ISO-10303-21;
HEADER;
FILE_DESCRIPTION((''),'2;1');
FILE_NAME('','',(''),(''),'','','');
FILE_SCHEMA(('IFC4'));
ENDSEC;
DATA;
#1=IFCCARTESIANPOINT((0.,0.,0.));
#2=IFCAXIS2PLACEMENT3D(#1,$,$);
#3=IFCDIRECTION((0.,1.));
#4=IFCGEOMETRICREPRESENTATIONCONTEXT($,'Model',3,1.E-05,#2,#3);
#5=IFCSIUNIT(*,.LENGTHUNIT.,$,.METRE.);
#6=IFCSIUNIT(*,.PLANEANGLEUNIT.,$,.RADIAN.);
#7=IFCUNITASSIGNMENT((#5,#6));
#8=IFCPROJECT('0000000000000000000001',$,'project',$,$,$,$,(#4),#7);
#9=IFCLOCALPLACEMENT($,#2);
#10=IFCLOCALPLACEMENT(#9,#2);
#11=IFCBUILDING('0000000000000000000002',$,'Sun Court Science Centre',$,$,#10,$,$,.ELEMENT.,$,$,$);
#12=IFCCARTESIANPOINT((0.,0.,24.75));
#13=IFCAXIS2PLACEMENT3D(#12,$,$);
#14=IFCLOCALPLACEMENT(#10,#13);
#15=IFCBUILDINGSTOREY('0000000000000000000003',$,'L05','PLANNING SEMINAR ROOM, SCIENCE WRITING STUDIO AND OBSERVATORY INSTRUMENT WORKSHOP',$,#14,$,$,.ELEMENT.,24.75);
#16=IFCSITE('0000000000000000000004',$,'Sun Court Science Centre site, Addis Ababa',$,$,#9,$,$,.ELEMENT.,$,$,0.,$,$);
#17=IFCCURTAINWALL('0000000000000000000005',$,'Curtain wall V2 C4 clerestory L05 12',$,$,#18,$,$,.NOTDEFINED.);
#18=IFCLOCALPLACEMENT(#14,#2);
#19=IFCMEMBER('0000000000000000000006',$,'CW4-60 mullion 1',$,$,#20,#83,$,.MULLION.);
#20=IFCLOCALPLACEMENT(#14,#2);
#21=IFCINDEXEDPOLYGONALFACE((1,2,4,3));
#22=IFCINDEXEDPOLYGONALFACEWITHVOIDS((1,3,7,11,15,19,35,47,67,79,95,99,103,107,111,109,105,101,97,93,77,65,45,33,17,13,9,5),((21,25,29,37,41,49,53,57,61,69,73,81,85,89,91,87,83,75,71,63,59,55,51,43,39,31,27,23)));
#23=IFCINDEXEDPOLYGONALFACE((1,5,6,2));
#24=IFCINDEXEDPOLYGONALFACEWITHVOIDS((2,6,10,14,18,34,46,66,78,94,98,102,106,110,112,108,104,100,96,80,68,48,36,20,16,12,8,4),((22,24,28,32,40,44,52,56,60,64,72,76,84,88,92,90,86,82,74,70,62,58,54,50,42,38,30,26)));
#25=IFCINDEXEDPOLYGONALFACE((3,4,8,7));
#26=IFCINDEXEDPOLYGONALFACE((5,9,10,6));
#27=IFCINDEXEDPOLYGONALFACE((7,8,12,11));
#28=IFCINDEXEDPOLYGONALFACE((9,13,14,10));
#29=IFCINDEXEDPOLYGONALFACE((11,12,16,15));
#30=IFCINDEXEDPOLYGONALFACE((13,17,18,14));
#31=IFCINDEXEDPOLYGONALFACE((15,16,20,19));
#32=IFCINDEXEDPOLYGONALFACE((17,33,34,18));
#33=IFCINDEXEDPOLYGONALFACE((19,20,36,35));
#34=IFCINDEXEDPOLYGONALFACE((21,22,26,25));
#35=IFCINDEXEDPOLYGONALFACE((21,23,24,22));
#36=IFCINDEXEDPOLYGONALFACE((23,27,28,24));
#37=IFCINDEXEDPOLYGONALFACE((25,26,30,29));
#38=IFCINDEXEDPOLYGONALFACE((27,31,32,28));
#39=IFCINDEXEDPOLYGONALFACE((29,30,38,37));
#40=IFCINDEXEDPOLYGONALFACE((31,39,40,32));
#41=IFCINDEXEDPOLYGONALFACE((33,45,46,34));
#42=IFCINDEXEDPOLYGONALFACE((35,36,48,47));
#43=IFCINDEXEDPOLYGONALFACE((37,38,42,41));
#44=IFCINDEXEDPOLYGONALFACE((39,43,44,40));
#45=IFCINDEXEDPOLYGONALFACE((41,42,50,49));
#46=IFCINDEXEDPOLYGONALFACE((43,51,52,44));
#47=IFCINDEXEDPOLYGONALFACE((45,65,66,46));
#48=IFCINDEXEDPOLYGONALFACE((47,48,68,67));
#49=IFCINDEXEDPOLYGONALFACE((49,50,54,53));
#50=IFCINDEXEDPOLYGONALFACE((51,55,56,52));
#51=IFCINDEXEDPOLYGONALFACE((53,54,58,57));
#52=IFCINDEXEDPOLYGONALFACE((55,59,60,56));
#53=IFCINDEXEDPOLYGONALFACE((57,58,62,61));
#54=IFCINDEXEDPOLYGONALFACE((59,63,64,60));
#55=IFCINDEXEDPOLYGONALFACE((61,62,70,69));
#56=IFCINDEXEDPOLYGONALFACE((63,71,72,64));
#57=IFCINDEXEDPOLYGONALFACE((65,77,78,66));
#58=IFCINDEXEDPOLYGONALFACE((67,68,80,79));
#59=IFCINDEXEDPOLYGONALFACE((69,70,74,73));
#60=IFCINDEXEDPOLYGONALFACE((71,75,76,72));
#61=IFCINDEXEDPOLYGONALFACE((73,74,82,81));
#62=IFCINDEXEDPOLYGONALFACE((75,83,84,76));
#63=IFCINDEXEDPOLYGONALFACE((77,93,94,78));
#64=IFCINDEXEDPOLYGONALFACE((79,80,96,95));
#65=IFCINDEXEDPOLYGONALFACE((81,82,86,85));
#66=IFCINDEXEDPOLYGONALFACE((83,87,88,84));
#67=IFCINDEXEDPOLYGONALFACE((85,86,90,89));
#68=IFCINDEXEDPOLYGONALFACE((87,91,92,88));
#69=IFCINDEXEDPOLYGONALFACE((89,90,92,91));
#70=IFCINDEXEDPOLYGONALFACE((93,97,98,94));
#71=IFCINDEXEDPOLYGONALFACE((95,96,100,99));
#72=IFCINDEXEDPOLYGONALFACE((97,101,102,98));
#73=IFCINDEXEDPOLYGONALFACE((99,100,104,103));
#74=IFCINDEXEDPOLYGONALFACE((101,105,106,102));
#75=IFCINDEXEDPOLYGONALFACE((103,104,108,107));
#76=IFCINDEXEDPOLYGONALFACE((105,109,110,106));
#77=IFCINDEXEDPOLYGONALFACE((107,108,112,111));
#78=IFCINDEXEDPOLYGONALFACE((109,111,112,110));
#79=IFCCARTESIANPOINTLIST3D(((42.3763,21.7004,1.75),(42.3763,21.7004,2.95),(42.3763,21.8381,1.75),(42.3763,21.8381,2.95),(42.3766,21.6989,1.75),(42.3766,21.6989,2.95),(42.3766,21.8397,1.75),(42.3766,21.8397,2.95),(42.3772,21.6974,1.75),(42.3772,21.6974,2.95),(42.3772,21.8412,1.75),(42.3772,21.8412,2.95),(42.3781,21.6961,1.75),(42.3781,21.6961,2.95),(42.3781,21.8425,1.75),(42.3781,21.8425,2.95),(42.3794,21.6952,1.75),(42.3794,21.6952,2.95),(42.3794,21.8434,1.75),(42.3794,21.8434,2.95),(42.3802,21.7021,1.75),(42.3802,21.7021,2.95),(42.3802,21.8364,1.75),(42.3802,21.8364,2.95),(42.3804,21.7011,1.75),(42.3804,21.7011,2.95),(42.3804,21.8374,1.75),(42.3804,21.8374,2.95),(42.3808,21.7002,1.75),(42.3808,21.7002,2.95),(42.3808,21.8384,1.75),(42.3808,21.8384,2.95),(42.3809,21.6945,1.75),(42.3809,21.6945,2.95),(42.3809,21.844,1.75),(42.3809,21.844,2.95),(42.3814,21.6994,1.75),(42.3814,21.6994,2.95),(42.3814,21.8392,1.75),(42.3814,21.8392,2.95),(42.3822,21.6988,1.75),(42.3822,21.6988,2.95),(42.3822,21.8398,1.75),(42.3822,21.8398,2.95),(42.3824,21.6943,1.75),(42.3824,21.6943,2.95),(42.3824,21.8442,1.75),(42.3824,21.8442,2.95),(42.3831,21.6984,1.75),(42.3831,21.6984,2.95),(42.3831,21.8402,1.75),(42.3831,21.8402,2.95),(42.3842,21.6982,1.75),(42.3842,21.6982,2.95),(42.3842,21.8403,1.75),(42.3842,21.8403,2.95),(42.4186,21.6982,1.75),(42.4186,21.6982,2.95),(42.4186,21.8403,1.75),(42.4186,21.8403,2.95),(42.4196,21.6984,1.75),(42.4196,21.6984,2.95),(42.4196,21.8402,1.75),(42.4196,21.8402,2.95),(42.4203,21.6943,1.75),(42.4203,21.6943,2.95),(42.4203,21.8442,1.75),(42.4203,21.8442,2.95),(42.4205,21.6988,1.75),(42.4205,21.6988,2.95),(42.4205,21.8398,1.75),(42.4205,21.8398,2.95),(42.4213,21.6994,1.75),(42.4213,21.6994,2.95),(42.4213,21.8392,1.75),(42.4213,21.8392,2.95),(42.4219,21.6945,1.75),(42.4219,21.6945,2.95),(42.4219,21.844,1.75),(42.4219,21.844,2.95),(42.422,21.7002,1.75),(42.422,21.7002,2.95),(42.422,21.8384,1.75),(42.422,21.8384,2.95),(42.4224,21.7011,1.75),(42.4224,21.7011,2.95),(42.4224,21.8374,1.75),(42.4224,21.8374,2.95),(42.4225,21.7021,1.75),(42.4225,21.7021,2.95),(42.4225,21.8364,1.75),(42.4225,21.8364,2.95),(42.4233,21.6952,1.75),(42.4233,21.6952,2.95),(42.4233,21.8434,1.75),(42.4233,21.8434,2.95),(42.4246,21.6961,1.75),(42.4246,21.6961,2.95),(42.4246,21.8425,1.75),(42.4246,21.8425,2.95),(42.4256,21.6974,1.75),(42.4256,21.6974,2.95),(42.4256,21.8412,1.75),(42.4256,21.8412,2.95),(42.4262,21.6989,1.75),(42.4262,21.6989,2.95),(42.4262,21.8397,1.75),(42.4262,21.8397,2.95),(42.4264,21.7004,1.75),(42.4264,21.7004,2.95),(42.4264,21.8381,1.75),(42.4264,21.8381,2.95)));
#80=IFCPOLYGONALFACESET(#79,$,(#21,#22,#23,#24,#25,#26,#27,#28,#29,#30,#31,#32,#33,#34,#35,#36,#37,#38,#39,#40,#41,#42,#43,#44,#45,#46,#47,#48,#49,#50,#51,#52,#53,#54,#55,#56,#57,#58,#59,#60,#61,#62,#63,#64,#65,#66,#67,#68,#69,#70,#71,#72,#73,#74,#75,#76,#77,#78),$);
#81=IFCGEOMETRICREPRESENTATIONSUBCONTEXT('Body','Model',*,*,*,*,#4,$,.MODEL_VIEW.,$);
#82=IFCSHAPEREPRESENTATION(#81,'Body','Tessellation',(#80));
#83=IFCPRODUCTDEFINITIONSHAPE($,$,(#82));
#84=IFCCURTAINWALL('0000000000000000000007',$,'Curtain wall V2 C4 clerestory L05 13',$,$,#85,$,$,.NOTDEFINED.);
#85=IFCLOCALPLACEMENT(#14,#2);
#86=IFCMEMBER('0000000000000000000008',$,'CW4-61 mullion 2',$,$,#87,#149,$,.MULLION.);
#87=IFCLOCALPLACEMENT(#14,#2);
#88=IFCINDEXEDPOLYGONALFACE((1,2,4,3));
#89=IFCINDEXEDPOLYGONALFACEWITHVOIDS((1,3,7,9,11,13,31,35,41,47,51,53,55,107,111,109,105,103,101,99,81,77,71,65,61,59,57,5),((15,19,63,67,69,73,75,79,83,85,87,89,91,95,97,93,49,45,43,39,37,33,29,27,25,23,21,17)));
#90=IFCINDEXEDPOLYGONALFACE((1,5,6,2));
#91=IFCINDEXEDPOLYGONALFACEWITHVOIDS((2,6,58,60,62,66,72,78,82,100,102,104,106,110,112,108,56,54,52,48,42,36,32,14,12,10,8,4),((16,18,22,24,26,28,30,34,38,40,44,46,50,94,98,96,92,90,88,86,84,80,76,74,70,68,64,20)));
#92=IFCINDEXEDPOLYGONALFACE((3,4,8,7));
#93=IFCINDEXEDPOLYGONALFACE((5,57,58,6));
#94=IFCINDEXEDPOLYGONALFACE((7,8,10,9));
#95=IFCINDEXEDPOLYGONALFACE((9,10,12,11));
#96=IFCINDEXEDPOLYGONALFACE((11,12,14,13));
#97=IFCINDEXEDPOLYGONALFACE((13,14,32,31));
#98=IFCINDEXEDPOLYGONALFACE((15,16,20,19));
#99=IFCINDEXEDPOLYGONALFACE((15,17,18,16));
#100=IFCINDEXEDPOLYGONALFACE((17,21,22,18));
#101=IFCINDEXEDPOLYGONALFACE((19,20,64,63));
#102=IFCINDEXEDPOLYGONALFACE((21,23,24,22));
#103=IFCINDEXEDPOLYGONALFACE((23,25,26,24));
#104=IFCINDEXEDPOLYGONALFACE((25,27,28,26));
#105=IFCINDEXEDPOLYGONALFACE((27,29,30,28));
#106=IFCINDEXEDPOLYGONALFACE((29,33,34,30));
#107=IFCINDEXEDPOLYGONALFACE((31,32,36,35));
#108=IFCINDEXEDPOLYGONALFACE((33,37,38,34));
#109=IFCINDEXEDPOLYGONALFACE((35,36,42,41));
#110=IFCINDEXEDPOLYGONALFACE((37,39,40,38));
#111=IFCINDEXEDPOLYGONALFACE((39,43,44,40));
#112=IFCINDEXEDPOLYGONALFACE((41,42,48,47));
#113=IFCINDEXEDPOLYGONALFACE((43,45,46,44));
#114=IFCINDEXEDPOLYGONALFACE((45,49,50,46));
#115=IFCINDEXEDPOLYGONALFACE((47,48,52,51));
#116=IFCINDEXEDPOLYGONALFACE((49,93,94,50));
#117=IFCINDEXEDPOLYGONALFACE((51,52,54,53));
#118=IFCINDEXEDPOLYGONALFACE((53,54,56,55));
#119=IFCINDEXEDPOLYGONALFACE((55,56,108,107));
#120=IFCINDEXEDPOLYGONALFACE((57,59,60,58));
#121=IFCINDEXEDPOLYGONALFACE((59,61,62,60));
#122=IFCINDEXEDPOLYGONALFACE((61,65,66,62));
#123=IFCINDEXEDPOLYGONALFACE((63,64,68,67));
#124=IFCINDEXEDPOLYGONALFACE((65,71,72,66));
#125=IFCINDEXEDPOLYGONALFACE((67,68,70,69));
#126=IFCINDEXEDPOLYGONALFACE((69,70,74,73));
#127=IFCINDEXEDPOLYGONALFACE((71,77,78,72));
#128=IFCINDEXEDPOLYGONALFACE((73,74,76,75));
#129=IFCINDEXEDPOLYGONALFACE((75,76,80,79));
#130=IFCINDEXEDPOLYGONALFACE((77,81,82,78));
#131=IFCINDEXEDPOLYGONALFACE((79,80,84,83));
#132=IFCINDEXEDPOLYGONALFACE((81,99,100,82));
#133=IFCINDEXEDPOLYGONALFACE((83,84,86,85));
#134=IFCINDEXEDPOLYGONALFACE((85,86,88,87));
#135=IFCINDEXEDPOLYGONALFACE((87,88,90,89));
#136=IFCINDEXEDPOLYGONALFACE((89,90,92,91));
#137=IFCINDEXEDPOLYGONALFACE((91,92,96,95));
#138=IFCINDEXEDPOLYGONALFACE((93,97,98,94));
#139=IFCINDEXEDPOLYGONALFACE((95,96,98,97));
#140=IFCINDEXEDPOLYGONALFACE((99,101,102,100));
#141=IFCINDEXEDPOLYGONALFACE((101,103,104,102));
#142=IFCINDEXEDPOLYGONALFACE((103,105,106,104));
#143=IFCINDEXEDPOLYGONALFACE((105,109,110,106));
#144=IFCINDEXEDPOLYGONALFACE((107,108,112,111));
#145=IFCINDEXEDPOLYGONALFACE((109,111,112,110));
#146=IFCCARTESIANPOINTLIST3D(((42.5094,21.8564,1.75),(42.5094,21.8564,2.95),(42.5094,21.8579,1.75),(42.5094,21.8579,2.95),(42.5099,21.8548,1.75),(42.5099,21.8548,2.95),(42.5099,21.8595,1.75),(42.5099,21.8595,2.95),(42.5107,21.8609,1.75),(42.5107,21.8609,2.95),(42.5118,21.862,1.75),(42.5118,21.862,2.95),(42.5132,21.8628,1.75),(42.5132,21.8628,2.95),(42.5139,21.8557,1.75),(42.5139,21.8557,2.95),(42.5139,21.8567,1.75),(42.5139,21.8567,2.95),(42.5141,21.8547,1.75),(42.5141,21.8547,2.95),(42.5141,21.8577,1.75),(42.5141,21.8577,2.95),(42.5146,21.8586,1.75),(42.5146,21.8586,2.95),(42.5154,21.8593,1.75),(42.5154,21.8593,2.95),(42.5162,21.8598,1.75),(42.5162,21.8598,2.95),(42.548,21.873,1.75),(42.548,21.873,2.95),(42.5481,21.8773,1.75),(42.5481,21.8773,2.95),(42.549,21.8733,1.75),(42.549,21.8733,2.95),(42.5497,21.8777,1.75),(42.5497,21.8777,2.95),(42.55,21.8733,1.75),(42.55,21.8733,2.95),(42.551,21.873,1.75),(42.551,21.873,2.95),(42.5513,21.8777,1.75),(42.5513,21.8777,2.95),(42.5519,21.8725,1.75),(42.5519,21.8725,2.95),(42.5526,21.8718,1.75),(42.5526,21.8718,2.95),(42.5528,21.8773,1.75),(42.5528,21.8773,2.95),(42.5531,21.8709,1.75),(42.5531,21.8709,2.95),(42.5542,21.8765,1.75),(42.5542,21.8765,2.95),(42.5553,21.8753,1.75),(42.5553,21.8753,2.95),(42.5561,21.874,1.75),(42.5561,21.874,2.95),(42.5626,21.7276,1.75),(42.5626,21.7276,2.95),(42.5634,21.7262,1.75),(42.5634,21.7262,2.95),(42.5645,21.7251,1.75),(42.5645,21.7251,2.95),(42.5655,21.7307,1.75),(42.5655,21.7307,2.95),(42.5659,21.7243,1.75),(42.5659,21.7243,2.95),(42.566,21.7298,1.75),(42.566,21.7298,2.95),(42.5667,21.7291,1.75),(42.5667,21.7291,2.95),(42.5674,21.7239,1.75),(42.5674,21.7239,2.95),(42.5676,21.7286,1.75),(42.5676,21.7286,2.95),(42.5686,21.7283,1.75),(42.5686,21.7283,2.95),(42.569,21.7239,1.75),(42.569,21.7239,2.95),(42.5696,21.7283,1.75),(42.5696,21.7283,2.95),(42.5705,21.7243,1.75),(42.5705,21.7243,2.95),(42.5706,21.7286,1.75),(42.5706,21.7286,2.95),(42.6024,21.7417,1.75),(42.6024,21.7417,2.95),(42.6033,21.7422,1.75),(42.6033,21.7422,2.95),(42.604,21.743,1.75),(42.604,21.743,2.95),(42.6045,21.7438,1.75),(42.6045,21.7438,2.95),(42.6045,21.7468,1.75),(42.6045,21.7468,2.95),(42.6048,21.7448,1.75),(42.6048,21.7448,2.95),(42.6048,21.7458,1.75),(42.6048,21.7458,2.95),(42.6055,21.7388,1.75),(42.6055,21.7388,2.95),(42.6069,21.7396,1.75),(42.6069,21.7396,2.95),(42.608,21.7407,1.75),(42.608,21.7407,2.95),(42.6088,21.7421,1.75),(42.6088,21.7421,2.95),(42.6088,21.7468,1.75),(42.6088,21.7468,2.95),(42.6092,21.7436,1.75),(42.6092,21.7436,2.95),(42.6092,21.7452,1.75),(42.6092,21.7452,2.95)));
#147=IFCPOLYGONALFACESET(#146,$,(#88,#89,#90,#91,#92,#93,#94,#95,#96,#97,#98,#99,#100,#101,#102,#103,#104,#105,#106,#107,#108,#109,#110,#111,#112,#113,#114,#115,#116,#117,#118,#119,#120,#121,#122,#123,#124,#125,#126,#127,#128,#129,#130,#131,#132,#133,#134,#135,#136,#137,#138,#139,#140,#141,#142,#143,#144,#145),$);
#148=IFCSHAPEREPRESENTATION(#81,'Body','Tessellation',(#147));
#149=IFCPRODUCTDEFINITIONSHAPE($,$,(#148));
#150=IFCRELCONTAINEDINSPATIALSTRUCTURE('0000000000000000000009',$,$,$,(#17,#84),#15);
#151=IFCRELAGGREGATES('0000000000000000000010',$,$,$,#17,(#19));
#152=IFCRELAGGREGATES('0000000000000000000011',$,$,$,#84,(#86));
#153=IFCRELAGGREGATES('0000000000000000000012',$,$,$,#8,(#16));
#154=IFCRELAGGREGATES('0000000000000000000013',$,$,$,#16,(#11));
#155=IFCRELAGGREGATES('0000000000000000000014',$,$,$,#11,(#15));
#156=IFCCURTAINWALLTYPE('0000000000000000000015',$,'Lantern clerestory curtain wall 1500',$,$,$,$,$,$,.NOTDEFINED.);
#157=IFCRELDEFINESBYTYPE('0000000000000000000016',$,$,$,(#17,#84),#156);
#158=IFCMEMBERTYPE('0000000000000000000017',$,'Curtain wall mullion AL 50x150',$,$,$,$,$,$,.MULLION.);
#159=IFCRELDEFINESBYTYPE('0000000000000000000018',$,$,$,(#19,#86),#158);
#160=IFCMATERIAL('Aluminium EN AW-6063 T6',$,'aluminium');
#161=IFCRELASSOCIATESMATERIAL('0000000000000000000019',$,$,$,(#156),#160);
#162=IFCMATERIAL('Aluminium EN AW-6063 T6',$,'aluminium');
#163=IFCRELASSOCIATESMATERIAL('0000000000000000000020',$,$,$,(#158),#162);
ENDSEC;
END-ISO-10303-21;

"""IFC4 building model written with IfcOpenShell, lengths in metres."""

from ifc_helpers import new_model, si_unit, direction, frame, origin, origin_2d, place, context, subcontext, project, spatial, hollow_rectangle, extrude, material, material_profile, profile_set, type_object, element, aggregate, save


model = new_model("IFC4")

# Units and contexts
model_context = context("Model", 3, precision=1e-05, world=origin(), true_north=direction((0.0, 1.0)))
body_context = subcontext(model_context, "Body", "Model", "MODEL_VIEW")
ifc_project = project(units=[si_unit("LENGTHUNIT", "METRE"), si_unit("PLANEANGLEUNIT", "RADIAN")], contexts=[model_context])

# Site, building, storey
site_placement = place(None, origin())
site = spatial("IfcSite", under=ifc_project, at=site_placement, Name="Sun Court Science Centre site, Addis Ababa", CompositionType="ELEMENT", RefElevation=0.0)
building_placement = place(site_placement, origin())
building = spatial("IfcBuilding", under=site, at=building_placement, Name="Sun Court Science Centre", CompositionType="ELEMENT")
storey_placement = place(building_placement, frame((0.0, 0.0, 24.75)))
storey = spatial("IfcBuildingStorey", under=building, at=storey_placement, Name="L05", Description="PLANNING SEMINAR ROOM, SCIENCE WRITING STUDIO AND OBSERVATORY INSTRUMENT WORKSHOP", CompositionType="ELEMENT", Elevation=24.75)

# Shared definitions
ifc_material_1 = material(Name="Aluminium EN AW-6063 T6", Category="aluminium")
curtain_wall_type = type_object("IfcCurtainWallType", Name="Lantern clerestory curtain wall 1500", PredefinedType="NOTDEFINED", material=ifc_material_1)
ifc_material_2 = material(Name="Aluminium EN AW-6063 T6", Category="aluminium")
ifc_material_profile_1 = material_profile(ifc_material_2, hollow_rectangle(XDim=0.05, YDim=0.1499, WallThickness=0.0039, InnerFilletRadius=0.0039, OuterFilletRadius=0.0061, at=origin_2d()), Name="AL 50x150x4")
ifc_profile_set_1 = profile_set([ifc_material_profile_1], Name="Aluminium EN AW-6063 T6")
member_type_1 = type_object("IfcMemberType", Name="Curtain wall mullion AL 50x150", PredefinedType="MULLION", material=ifc_profile_set_1)

# Curtain wall, member
curtain_wall_1_placement = place(storey_placement, origin())
curtain_wall_1 = element("IfcCurtainWall", 1, at=curtain_wall_1_placement, inside=storey, type_object=curtain_wall_type, Name="Curtain wall V2 C4 clerestory L05 12", PredefinedType="NOTDEFINED")
member_1_placement = place(storey_placement, frame((42.4014, 21.7693, 1.75), z_axis=(0.0, 0.0, 1.0), x_axis=(-1.0, 0.0, 0.0)))
member_1 = element("IfcMember", 2, at=member_1_placement, type_object=member_type_1, Name="CW4-60 mullion 1", PredefinedType="MULLION", context=body_context, shape_type="SweptSolid", body=[
    extrude(hollow_rectangle(XDim=0.05, YDim=0.1499, WallThickness=0.0039, InnerFilletRadius=0.0039, OuterFilletRadius=0.0061, at=origin_2d()), origin(), (0.0, 0.0, 1.0), 1.2),
])

# Curtain wall, member
curtain_wall_2_placement = place(storey_placement, origin())
curtain_wall_2 = element("IfcCurtainWall", 3, at=curtain_wall_2_placement, inside=storey, type_object=curtain_wall_type, Name="Curtain wall V2 C4 clerestory L05 13", PredefinedType="NOTDEFINED")
member_2_placement = place(storey_placement, frame((42.5593, 21.8008, 1.75), z_axis=(0.0, 0.0, 1.0), x_axis=(-0.92388, -0.382683, 0.0)))
member_2 = element("IfcMember", 4, at=member_2_placement, type_object=member_type_1, Name="CW4-61 mullion 2", PredefinedType="MULLION", context=body_context, shape_type="SweptSolid", body=[
    extrude(hollow_rectangle(XDim=0.05, YDim=0.1499, WallThickness=0.0039, InnerFilletRadius=0.0039, OuterFilletRadius=0.0061, at=origin_2d()), origin(), (0.0, 0.0, 1.0), 1.2),
])

aggregate(curtain_wall_1, [member_1])
aggregate(curtain_wall_2, [member_2])

save(model, "model.ifc")
